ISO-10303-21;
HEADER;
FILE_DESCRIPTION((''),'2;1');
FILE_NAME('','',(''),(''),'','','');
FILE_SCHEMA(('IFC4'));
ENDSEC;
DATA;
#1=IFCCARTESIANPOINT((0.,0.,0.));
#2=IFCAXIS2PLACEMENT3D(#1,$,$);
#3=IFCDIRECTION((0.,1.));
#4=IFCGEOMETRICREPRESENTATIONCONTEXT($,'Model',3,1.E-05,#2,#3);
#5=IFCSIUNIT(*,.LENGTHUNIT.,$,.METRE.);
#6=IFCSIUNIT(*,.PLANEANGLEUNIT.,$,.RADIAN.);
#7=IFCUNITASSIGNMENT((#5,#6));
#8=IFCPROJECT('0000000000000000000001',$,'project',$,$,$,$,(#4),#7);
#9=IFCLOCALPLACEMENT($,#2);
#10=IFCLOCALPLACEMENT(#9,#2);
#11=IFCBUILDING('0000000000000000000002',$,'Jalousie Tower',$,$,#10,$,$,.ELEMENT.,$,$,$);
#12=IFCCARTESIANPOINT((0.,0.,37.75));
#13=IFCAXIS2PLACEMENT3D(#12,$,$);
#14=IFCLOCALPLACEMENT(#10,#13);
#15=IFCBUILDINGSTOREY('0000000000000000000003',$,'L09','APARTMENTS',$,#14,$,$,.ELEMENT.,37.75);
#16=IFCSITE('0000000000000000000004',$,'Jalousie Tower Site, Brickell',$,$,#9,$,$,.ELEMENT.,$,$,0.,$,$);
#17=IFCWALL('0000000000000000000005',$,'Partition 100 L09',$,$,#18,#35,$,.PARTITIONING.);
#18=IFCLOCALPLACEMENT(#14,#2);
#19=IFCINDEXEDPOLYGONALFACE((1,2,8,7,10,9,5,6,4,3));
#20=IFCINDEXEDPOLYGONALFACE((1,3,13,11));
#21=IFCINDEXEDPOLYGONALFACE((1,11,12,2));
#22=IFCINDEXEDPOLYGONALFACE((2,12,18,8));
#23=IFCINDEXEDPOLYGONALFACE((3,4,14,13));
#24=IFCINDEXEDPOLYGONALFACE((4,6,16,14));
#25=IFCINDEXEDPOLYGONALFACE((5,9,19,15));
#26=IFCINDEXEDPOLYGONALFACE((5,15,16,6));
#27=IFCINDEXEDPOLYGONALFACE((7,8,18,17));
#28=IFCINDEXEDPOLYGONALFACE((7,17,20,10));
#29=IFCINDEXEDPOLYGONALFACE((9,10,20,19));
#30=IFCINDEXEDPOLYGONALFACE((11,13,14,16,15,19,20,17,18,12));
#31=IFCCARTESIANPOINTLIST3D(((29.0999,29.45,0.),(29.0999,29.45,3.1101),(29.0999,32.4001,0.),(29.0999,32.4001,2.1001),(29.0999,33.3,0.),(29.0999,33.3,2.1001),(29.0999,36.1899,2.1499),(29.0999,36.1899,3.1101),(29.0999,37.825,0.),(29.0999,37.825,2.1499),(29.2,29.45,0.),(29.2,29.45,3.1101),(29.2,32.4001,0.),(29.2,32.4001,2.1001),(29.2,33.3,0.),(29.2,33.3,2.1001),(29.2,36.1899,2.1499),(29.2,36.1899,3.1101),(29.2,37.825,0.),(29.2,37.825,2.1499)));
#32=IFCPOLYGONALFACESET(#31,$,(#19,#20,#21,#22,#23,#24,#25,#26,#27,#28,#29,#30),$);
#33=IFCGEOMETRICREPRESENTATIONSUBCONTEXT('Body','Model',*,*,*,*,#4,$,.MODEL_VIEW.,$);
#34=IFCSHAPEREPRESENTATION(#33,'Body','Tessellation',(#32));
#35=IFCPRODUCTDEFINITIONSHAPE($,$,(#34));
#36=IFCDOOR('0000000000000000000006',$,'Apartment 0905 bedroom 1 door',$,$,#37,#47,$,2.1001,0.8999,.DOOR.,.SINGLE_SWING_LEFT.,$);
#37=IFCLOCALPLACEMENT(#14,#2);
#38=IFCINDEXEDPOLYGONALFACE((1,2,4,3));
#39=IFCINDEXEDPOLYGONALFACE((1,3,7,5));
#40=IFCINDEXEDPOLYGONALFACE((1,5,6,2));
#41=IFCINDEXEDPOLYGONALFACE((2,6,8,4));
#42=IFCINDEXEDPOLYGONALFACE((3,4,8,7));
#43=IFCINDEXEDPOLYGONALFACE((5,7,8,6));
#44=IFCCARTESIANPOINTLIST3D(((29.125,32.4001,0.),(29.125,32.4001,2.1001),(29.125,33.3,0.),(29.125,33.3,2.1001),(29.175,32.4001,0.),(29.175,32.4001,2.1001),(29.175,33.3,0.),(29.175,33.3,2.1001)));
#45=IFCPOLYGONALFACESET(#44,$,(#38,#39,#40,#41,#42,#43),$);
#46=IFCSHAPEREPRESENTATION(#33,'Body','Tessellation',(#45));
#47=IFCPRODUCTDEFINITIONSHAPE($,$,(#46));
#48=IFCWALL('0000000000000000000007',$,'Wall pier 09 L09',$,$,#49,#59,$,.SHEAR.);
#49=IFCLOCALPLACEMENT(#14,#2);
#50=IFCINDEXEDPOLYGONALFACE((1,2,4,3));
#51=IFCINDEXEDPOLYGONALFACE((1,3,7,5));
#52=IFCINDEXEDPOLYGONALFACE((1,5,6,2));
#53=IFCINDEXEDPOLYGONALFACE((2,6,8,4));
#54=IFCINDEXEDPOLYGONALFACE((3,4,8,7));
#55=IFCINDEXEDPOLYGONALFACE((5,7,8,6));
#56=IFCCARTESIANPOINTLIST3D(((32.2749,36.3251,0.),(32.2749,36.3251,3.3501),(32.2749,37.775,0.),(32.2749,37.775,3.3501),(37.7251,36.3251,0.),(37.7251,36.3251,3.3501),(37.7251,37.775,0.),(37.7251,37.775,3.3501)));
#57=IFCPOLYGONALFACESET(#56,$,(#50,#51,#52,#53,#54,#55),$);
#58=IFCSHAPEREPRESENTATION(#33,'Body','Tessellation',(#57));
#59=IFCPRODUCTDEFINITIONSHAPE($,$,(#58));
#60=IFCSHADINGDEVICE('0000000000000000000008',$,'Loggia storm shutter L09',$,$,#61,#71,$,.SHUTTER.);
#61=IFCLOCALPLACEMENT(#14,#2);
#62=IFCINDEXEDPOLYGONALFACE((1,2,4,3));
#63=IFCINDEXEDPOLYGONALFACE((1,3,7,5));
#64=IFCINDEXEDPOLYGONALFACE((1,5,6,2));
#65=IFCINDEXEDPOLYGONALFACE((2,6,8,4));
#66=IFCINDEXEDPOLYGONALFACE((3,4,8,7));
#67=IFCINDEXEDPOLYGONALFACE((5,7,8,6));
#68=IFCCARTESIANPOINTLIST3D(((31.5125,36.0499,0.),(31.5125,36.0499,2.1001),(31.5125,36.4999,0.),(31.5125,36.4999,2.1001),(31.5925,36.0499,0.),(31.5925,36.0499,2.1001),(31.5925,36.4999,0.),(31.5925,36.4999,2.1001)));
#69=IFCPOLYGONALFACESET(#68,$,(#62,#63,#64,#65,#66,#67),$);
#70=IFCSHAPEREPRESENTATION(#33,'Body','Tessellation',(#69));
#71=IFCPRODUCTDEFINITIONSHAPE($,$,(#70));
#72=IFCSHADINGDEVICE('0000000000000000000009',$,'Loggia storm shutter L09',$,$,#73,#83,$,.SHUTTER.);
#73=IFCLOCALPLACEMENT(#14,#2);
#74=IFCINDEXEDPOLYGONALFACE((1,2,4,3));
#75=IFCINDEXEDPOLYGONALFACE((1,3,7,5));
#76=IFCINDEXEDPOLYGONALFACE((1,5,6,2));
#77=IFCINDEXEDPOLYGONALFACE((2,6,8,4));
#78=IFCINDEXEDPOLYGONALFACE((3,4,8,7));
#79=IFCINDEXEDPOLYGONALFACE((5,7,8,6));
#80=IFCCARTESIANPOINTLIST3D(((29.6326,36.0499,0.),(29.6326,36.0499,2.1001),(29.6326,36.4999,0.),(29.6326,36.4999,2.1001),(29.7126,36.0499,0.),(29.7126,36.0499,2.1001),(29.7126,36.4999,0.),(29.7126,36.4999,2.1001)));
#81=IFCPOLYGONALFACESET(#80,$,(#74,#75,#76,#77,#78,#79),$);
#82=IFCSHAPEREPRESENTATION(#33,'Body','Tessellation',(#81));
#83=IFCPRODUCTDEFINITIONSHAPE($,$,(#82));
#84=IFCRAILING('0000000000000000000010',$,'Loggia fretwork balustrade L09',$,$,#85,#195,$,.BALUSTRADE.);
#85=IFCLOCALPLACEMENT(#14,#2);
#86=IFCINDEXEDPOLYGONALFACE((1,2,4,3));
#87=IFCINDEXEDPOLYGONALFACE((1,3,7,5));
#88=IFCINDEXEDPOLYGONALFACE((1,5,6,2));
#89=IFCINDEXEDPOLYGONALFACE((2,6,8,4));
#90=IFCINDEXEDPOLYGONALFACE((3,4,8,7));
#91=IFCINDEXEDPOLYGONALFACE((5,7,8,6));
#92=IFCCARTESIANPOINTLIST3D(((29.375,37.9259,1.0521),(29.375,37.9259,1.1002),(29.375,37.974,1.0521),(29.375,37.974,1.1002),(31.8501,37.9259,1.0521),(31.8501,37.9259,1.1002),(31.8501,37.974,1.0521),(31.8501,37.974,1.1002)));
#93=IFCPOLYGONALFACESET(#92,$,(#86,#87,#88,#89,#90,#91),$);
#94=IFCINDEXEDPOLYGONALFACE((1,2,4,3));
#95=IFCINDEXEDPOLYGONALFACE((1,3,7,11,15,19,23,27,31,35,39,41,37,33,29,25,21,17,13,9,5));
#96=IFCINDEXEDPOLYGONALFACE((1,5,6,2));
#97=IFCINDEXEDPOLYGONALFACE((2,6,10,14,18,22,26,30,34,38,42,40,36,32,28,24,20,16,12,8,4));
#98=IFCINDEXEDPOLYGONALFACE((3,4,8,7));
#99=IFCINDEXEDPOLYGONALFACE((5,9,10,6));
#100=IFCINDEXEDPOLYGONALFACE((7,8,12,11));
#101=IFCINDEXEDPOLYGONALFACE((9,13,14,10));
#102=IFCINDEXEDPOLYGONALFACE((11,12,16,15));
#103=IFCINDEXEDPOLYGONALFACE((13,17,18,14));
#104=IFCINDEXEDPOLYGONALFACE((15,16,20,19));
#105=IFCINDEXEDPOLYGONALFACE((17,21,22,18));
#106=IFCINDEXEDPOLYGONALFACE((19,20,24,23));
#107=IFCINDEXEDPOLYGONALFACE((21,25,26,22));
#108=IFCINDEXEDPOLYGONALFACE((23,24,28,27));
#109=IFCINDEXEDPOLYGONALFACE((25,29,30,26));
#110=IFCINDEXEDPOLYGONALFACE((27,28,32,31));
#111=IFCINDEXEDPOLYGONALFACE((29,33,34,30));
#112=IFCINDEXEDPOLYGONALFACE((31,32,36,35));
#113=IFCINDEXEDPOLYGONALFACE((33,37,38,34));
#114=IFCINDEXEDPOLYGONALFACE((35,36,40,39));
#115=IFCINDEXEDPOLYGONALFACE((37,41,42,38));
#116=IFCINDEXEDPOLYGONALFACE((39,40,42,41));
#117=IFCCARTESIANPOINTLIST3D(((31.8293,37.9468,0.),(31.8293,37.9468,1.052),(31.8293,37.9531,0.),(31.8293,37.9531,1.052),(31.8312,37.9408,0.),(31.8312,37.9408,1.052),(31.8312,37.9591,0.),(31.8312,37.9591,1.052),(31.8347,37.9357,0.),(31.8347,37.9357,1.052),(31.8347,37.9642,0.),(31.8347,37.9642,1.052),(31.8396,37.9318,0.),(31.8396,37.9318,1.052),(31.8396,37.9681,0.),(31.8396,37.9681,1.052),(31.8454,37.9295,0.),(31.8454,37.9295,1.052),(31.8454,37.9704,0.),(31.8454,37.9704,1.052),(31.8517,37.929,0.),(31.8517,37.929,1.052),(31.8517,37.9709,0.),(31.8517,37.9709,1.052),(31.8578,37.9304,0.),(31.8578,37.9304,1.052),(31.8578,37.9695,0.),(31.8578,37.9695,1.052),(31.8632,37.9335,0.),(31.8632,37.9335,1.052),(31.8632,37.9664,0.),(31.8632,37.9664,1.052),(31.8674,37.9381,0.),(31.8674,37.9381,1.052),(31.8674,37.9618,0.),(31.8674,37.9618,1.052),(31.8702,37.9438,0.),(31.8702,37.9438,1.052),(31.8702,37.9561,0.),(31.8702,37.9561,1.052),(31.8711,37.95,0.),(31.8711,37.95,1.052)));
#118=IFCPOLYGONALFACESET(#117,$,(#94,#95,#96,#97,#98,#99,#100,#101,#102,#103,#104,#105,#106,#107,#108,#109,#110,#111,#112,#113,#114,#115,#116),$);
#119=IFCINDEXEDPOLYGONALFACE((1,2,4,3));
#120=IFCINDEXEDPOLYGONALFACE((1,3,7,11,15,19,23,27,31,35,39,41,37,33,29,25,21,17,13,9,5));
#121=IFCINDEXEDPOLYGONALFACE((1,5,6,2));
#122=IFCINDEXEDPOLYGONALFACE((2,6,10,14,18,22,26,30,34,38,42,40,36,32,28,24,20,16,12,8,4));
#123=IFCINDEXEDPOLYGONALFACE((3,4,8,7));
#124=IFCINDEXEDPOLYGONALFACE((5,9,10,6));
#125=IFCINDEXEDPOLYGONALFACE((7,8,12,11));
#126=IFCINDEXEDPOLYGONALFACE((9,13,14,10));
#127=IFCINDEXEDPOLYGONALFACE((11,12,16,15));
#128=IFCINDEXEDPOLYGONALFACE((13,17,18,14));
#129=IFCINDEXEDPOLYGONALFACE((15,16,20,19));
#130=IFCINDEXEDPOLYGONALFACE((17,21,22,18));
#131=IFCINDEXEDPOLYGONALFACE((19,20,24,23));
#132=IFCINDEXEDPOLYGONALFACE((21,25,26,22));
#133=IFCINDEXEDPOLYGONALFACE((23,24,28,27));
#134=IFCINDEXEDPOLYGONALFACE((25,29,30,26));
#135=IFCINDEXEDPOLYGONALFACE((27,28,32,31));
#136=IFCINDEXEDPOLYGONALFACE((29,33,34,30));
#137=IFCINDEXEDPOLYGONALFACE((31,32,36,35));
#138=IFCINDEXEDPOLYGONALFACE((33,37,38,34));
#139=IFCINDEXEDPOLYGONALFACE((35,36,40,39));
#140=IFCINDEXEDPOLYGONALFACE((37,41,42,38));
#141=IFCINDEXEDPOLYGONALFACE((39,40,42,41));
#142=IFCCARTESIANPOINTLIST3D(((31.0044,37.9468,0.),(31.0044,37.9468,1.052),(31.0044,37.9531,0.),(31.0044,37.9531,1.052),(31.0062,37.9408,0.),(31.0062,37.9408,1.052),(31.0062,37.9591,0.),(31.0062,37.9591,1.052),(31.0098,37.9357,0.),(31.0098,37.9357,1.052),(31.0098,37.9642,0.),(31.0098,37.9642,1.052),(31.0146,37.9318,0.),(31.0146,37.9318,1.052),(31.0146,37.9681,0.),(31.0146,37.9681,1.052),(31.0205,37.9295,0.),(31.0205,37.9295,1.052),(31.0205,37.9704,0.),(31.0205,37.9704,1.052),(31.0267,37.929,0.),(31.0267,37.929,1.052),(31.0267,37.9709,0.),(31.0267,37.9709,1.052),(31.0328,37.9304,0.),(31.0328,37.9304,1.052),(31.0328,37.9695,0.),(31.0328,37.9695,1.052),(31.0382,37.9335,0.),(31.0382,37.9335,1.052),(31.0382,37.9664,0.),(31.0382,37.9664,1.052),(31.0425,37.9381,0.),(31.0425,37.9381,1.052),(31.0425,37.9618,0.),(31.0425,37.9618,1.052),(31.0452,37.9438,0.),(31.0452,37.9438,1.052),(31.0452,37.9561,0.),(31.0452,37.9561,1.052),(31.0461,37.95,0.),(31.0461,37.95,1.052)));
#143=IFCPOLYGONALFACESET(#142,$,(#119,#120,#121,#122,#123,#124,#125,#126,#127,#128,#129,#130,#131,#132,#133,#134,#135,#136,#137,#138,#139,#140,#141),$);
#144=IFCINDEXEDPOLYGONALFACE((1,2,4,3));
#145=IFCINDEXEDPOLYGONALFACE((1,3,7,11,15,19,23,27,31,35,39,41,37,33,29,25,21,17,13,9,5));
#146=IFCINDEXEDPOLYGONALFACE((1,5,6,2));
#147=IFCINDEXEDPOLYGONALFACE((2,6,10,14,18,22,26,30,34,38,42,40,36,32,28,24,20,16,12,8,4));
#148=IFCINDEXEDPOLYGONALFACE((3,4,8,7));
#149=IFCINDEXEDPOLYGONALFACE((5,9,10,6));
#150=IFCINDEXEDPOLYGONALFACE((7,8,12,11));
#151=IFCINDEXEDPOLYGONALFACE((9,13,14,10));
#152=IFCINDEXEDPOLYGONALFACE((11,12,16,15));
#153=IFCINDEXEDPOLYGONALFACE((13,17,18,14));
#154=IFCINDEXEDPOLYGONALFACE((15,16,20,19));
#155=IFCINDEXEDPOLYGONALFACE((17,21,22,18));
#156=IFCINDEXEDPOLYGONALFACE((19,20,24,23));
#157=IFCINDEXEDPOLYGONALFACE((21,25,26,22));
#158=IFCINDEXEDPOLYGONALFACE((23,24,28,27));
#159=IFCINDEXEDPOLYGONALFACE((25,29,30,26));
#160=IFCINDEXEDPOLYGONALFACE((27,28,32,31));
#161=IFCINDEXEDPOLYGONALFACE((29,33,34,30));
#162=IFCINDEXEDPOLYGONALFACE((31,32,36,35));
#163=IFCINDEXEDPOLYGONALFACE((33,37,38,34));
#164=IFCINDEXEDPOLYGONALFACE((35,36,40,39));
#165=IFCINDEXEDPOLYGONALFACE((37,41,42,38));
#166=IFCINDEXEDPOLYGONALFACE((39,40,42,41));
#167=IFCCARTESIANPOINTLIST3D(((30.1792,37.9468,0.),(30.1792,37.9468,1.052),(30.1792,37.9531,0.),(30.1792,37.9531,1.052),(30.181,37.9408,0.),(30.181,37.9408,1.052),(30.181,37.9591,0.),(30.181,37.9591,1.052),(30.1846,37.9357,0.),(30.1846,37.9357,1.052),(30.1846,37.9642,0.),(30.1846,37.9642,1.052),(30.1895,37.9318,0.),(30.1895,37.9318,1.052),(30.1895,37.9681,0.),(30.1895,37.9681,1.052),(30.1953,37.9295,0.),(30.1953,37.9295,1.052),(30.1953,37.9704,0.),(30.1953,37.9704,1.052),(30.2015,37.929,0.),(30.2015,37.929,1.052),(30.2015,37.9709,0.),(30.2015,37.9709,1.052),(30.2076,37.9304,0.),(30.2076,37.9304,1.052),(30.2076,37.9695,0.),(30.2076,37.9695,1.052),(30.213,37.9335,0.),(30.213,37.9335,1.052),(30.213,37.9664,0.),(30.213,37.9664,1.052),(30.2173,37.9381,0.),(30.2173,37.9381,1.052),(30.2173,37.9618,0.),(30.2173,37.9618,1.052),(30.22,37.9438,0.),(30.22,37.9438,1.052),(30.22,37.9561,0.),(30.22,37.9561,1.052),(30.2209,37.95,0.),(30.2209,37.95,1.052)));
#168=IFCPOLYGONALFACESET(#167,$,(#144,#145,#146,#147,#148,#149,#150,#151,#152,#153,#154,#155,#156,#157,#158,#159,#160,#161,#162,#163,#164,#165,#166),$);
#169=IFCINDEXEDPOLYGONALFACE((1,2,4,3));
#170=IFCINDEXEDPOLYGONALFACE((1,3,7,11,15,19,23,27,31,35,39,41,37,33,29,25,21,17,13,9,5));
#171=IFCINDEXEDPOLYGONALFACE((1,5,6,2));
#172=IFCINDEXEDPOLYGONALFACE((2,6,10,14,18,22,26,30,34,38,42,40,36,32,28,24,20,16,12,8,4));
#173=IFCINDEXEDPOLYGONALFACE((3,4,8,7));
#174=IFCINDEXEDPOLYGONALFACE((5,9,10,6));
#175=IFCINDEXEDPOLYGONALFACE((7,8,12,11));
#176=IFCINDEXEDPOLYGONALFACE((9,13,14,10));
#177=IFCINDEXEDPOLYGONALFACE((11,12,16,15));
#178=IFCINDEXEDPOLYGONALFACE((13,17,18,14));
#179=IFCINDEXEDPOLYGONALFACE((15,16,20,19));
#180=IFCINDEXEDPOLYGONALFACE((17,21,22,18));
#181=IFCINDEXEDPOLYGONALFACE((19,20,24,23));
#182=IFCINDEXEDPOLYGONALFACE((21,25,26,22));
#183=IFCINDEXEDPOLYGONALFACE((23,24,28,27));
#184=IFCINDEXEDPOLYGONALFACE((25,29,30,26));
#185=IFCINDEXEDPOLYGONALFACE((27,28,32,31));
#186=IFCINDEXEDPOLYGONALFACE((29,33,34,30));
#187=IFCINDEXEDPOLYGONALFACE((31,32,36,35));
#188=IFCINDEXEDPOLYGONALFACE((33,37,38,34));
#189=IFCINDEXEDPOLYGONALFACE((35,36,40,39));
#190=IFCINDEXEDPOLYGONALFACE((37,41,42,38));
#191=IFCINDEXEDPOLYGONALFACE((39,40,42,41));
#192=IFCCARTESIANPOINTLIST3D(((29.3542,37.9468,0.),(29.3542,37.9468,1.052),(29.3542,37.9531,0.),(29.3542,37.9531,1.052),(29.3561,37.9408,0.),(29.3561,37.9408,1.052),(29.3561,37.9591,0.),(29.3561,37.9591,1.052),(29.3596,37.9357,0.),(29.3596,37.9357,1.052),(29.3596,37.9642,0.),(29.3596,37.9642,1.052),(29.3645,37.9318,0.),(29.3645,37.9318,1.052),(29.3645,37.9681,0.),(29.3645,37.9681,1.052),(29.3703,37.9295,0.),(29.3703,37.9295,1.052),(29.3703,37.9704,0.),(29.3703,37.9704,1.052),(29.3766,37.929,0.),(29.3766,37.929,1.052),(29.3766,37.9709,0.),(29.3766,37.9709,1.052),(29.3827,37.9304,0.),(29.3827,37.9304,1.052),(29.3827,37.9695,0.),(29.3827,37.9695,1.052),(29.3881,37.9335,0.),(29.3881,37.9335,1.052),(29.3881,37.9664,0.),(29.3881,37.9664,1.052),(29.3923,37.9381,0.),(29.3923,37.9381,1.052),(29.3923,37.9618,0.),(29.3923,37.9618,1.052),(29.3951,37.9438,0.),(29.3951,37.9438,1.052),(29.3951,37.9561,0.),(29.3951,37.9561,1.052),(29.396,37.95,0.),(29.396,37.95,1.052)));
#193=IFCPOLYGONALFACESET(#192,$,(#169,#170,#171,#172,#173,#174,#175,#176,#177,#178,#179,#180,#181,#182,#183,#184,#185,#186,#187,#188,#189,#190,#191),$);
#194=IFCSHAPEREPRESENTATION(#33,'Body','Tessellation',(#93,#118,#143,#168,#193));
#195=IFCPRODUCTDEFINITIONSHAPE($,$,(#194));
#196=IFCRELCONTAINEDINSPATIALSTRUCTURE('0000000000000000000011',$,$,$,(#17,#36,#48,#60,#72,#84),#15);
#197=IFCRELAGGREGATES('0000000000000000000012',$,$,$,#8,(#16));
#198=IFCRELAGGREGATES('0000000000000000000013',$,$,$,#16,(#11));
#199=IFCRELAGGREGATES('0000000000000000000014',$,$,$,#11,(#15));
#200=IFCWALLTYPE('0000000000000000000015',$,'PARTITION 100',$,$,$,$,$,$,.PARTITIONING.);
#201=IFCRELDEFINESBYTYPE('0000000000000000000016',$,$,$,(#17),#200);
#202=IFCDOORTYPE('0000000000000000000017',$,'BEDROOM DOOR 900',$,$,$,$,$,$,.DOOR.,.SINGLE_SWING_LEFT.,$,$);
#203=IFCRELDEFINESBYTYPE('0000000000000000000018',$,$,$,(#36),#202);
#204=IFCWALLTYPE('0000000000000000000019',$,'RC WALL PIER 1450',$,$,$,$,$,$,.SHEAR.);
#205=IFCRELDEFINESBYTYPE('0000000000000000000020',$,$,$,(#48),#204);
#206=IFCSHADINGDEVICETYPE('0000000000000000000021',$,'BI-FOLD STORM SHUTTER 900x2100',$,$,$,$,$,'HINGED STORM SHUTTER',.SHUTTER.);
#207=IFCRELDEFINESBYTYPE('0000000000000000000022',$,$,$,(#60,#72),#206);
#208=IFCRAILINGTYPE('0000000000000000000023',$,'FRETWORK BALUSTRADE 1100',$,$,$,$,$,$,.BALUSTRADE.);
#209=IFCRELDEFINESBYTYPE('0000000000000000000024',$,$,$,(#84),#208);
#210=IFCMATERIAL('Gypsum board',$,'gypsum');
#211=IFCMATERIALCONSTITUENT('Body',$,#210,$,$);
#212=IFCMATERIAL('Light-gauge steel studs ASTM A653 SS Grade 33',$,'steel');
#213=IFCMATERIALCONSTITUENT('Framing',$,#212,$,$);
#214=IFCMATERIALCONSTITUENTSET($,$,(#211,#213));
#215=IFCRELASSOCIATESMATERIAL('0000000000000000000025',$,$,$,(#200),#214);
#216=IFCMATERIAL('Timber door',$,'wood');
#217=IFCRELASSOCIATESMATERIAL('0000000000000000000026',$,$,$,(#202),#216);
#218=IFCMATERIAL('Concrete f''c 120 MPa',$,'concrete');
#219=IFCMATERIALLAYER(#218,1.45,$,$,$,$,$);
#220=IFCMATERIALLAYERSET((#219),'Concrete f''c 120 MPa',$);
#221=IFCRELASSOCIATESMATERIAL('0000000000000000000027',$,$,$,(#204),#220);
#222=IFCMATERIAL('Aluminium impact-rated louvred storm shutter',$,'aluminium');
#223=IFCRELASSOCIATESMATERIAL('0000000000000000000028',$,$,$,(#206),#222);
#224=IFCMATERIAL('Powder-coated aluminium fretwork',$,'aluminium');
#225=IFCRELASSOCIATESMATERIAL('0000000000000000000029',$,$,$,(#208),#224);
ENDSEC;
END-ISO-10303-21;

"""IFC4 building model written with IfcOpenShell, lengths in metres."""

from ifc_helpers import new_model, si_unit, direction, frame, frame_2d, origin, origin_2d, place, context, subcontext, project, spatial, polyline, rectangle, circle, outline, extrude, material, layer, layer_set, constituent, constituent_set, type_object, element, fill, save


model = new_model("IFC4")

# Units and contexts
model_context = context("Model", 3, precision=1e-05, world=origin(), true_north=direction((0.0, 1.0)))
body_context = subcontext(model_context, "Body", "Model", "MODEL_VIEW")
ifc_project = project(units=[si_unit("LENGTHUNIT", "METRE"), si_unit("PLANEANGLEUNIT", "RADIAN")], contexts=[model_context])

# Site, building, storey
site_placement = place(None, origin())
site = spatial("IfcSite", under=ifc_project, at=site_placement, Name="Jalousie Tower Site, Brickell", CompositionType="ELEMENT", RefElevation=0.0)
building_placement = place(site_placement, origin())
building = spatial("IfcBuilding", under=site, at=building_placement, Name="Jalousie Tower", CompositionType="ELEMENT")
storey_placement = place(building_placement, frame((0.0, 0.0, 37.75)))
storey = spatial("IfcBuildingStorey", under=building, at=storey_placement, Name="L09", Description="APARTMENTS", CompositionType="ELEMENT", Elevation=37.75)

# Wall, opening, door
ifc_material_1 = material(Name="Gypsum board", Category="gypsum")
ifc_constituent_1 = constituent(ifc_material_1, Name="Body")
ifc_material_2 = material(Name="Light-gauge steel studs ASTM A653 SS Grade 33", Category="steel")
ifc_constituent_2 = constituent(ifc_material_2, Name="Framing")
ifc_constituent_set_1 = constituent_set(constituents=[ifc_constituent_1, ifc_constituent_2])
wall_type_1 = type_object("IfcWallType", Name="PARTITION 100", PredefinedType="PARTITIONING", material=ifc_constituent_set_1)
wall_1_placement = place(storey_placement, frame((29.1499, 37.825, 0.0), z_axis=(0.0, 0.0, 1.0), x_axis=(0.0, -1.0, 0.0)))
wall_1 = element("IfcWall", 1, at=wall_1_placement, inside=storey, type_object=wall_type_1, Name="Partition 100 L09", PredefinedType="PARTITIONING", context=body_context, shape_type="SweptSolid", body=[
    extrude(outline(polyline([(0.0, 0.0), (8.375, 0.0), (8.375, 3.1101), (1.635, 3.1101), (1.635, 2.1499), (0.0, 2.1499), (0.0, 3.1101), (0.0, 0.0)])), frame((0.0, 0.05, 0.0), z_axis=(0.0, -1.0, 0.0), x_axis=(1.0, 0.0, 0.0)), (0.0, 0.0, 1.0), 0.1001),
])
opening_1_placement = place(wall_1_placement, frame((4.5249, 0.0, 0.0)))
opening_1 = element("IfcOpeningElement", 2, at=opening_1_placement, cuts=wall_1, PredefinedType="OPENING", context=body_context, shape_type="SweptSolid", body=[
    extrude(rectangle(XDim=0.8999, YDim=2.1001, at=frame_2d((0.45, 1.05))), frame((0.0, 0.0601, 0.0), z_axis=(0.0, -1.0, 0.0), x_axis=(1.0, 0.0, 0.0)), (0.0, 0.0, 1.0), 0.1201),
])
ifc_material_3 = material(Name="Timber door", Category="wood")
door_type_1 = type_object("IfcDoorType", Name="BEDROOM DOOR 900", OperationType="SINGLE_SWING_LEFT", PredefinedType="DOOR", material=ifc_material_3)
door_1_placement = place(opening_1_placement, frame((0.8999, 0.0, 0.0), z_axis=(0.0, 0.0, 1.0), x_axis=(-1.0, 0.0, 0.0)))
door_1 = element("IfcDoor", 3, at=door_1_placement, inside=storey, type_object=door_type_1, Name="Apartment 0905 bedroom 1 door", OperationType="SINGLE_SWING_LEFT", OverallHeight=2.1001, OverallWidth=0.8999, PredefinedType="DOOR", context=body_context, shape_type="SweptSolid", body=[
    extrude(rectangle(XDim=0.8999, YDim=2.1001, at=frame_2d((0.45, 1.05))), frame((0.0, 0.0249, 0.0), z_axis=(0.0, -1.0, 0.0), x_axis=(1.0, 0.0, 0.0)), (0.0, 0.0, 1.0), 0.05),
])
fill(opening_1, door_1)

# Wall
ifc_material_4 = material(Name="Concrete f'c 120 MPa", Category="concrete")
ifc_layer_1 = layer(ifc_material_4, 1.45)
ifc_layer_set_1 = layer_set([ifc_layer_1], Name="Concrete f'c 120 MPa")
wall_type_2 = type_object("IfcWallType", Name="RC WALL PIER 1450", PredefinedType="SHEAR", material=ifc_layer_set_1)
wall_2_placement = place(storey_placement, frame((32.2749, 37.05, 0.0), z_axis=(0.0, 0.0, 1.0), x_axis=(1.0, 0.0, 0.0)))
element("IfcWall", 4, at=wall_2_placement, inside=storey, type_object=wall_type_2, Name="Wall pier 09 L09", PredefinedType="SHEAR", context=body_context, shape_type="SweptSolid", body=[
    extrude(rectangle(XDim=5.4502, YDim=1.45, at=frame_2d((2.7251, 0.0))), origin(), (0.0, 0.0, 1.0), 3.3501),
])

# Shading devices
ifc_material_5 = material(Name="Aluminium impact-rated louvred storm shutter", Category="aluminium")
shading_device_type_1 = type_object("IfcShadingDeviceType", Name="BI-FOLD STORM SHUTTER 900x2100", ElementType="HINGED STORM SHUTTER", PredefinedType="SHUTTER", material=ifc_material_5)
for number, where, z_axis, x_axis, name in (
    (5, (31.5525, 36.2749, 0.0), (0.0, 0.0, 1.0), (0.0, -1.0, 0.0), "Loggia storm shutter L09"),
    (6, (29.6726, 36.2749, 0.0), (0.0, 0.0, 1.0), (0.0, -1.0, 0.0), "Loggia storm shutter L09"),
):
    element("IfcShadingDevice", number, at=place(storey_placement, frame(where, z_axis=z_axis, x_axis=x_axis)), inside=storey, type_object=shading_device_type_1, Name=name, PredefinedType="SHUTTER", context=body_context, shape_type="SweptSolid", body=[
        extrude(rectangle(XDim=0.45, YDim=0.0801, at=origin_2d()), origin(), (0.0, 0.0, 1.0), 2.1001),
    ])

# Railing
ifc_material_6 = material(Name="Powder-coated aluminium fretwork", Category="aluminium")
railing_type = type_object("IfcRailingType", Name="FRETWORK BALUSTRADE 1100", PredefinedType="BALUSTRADE", material=ifc_material_6)
railing_placement = place(storey_placement, frame((31.8501, 37.95, 0.0)))
element("IfcRailing", 7, at=railing_placement, inside=storey, type_object=railing_type, Name="Loggia fretwork balustrade L09", PredefinedType="BALUSTRADE", context=body_context, shape_type="SweptSolid", body=[
    extrude(rectangle(XDim=0.0481, YDim=0.0481, at=origin_2d()), frame((0.0, 0.0, 1.0762), z_axis=(-1.0, 0.0, 0.0), x_axis=(0.0, -1.0, 0.0)), (0.0, 0.0, 1.0), 2.4751),
    extrude(circle(Radius=0.021, at=origin_2d()), origin(), (0.0, 0.0, 1.0), 1.052),
    extrude(circle(Radius=0.021, at=origin_2d()), frame((-0.825, 0.0, 0.0)), (0.0, 0.0, 1.0), 1.052),
    extrude(circle(Radius=0.021, at=origin_2d()), frame((-1.6501, 0.0, 0.0)), (0.0, 0.0, 1.0), 1.052),
    extrude(circle(Radius=0.021, at=origin_2d()), frame((-2.4751, 0.0, 0.0)), (0.0, 0.0, 1.0), 1.052),
])

save(model, "model.ifc")
